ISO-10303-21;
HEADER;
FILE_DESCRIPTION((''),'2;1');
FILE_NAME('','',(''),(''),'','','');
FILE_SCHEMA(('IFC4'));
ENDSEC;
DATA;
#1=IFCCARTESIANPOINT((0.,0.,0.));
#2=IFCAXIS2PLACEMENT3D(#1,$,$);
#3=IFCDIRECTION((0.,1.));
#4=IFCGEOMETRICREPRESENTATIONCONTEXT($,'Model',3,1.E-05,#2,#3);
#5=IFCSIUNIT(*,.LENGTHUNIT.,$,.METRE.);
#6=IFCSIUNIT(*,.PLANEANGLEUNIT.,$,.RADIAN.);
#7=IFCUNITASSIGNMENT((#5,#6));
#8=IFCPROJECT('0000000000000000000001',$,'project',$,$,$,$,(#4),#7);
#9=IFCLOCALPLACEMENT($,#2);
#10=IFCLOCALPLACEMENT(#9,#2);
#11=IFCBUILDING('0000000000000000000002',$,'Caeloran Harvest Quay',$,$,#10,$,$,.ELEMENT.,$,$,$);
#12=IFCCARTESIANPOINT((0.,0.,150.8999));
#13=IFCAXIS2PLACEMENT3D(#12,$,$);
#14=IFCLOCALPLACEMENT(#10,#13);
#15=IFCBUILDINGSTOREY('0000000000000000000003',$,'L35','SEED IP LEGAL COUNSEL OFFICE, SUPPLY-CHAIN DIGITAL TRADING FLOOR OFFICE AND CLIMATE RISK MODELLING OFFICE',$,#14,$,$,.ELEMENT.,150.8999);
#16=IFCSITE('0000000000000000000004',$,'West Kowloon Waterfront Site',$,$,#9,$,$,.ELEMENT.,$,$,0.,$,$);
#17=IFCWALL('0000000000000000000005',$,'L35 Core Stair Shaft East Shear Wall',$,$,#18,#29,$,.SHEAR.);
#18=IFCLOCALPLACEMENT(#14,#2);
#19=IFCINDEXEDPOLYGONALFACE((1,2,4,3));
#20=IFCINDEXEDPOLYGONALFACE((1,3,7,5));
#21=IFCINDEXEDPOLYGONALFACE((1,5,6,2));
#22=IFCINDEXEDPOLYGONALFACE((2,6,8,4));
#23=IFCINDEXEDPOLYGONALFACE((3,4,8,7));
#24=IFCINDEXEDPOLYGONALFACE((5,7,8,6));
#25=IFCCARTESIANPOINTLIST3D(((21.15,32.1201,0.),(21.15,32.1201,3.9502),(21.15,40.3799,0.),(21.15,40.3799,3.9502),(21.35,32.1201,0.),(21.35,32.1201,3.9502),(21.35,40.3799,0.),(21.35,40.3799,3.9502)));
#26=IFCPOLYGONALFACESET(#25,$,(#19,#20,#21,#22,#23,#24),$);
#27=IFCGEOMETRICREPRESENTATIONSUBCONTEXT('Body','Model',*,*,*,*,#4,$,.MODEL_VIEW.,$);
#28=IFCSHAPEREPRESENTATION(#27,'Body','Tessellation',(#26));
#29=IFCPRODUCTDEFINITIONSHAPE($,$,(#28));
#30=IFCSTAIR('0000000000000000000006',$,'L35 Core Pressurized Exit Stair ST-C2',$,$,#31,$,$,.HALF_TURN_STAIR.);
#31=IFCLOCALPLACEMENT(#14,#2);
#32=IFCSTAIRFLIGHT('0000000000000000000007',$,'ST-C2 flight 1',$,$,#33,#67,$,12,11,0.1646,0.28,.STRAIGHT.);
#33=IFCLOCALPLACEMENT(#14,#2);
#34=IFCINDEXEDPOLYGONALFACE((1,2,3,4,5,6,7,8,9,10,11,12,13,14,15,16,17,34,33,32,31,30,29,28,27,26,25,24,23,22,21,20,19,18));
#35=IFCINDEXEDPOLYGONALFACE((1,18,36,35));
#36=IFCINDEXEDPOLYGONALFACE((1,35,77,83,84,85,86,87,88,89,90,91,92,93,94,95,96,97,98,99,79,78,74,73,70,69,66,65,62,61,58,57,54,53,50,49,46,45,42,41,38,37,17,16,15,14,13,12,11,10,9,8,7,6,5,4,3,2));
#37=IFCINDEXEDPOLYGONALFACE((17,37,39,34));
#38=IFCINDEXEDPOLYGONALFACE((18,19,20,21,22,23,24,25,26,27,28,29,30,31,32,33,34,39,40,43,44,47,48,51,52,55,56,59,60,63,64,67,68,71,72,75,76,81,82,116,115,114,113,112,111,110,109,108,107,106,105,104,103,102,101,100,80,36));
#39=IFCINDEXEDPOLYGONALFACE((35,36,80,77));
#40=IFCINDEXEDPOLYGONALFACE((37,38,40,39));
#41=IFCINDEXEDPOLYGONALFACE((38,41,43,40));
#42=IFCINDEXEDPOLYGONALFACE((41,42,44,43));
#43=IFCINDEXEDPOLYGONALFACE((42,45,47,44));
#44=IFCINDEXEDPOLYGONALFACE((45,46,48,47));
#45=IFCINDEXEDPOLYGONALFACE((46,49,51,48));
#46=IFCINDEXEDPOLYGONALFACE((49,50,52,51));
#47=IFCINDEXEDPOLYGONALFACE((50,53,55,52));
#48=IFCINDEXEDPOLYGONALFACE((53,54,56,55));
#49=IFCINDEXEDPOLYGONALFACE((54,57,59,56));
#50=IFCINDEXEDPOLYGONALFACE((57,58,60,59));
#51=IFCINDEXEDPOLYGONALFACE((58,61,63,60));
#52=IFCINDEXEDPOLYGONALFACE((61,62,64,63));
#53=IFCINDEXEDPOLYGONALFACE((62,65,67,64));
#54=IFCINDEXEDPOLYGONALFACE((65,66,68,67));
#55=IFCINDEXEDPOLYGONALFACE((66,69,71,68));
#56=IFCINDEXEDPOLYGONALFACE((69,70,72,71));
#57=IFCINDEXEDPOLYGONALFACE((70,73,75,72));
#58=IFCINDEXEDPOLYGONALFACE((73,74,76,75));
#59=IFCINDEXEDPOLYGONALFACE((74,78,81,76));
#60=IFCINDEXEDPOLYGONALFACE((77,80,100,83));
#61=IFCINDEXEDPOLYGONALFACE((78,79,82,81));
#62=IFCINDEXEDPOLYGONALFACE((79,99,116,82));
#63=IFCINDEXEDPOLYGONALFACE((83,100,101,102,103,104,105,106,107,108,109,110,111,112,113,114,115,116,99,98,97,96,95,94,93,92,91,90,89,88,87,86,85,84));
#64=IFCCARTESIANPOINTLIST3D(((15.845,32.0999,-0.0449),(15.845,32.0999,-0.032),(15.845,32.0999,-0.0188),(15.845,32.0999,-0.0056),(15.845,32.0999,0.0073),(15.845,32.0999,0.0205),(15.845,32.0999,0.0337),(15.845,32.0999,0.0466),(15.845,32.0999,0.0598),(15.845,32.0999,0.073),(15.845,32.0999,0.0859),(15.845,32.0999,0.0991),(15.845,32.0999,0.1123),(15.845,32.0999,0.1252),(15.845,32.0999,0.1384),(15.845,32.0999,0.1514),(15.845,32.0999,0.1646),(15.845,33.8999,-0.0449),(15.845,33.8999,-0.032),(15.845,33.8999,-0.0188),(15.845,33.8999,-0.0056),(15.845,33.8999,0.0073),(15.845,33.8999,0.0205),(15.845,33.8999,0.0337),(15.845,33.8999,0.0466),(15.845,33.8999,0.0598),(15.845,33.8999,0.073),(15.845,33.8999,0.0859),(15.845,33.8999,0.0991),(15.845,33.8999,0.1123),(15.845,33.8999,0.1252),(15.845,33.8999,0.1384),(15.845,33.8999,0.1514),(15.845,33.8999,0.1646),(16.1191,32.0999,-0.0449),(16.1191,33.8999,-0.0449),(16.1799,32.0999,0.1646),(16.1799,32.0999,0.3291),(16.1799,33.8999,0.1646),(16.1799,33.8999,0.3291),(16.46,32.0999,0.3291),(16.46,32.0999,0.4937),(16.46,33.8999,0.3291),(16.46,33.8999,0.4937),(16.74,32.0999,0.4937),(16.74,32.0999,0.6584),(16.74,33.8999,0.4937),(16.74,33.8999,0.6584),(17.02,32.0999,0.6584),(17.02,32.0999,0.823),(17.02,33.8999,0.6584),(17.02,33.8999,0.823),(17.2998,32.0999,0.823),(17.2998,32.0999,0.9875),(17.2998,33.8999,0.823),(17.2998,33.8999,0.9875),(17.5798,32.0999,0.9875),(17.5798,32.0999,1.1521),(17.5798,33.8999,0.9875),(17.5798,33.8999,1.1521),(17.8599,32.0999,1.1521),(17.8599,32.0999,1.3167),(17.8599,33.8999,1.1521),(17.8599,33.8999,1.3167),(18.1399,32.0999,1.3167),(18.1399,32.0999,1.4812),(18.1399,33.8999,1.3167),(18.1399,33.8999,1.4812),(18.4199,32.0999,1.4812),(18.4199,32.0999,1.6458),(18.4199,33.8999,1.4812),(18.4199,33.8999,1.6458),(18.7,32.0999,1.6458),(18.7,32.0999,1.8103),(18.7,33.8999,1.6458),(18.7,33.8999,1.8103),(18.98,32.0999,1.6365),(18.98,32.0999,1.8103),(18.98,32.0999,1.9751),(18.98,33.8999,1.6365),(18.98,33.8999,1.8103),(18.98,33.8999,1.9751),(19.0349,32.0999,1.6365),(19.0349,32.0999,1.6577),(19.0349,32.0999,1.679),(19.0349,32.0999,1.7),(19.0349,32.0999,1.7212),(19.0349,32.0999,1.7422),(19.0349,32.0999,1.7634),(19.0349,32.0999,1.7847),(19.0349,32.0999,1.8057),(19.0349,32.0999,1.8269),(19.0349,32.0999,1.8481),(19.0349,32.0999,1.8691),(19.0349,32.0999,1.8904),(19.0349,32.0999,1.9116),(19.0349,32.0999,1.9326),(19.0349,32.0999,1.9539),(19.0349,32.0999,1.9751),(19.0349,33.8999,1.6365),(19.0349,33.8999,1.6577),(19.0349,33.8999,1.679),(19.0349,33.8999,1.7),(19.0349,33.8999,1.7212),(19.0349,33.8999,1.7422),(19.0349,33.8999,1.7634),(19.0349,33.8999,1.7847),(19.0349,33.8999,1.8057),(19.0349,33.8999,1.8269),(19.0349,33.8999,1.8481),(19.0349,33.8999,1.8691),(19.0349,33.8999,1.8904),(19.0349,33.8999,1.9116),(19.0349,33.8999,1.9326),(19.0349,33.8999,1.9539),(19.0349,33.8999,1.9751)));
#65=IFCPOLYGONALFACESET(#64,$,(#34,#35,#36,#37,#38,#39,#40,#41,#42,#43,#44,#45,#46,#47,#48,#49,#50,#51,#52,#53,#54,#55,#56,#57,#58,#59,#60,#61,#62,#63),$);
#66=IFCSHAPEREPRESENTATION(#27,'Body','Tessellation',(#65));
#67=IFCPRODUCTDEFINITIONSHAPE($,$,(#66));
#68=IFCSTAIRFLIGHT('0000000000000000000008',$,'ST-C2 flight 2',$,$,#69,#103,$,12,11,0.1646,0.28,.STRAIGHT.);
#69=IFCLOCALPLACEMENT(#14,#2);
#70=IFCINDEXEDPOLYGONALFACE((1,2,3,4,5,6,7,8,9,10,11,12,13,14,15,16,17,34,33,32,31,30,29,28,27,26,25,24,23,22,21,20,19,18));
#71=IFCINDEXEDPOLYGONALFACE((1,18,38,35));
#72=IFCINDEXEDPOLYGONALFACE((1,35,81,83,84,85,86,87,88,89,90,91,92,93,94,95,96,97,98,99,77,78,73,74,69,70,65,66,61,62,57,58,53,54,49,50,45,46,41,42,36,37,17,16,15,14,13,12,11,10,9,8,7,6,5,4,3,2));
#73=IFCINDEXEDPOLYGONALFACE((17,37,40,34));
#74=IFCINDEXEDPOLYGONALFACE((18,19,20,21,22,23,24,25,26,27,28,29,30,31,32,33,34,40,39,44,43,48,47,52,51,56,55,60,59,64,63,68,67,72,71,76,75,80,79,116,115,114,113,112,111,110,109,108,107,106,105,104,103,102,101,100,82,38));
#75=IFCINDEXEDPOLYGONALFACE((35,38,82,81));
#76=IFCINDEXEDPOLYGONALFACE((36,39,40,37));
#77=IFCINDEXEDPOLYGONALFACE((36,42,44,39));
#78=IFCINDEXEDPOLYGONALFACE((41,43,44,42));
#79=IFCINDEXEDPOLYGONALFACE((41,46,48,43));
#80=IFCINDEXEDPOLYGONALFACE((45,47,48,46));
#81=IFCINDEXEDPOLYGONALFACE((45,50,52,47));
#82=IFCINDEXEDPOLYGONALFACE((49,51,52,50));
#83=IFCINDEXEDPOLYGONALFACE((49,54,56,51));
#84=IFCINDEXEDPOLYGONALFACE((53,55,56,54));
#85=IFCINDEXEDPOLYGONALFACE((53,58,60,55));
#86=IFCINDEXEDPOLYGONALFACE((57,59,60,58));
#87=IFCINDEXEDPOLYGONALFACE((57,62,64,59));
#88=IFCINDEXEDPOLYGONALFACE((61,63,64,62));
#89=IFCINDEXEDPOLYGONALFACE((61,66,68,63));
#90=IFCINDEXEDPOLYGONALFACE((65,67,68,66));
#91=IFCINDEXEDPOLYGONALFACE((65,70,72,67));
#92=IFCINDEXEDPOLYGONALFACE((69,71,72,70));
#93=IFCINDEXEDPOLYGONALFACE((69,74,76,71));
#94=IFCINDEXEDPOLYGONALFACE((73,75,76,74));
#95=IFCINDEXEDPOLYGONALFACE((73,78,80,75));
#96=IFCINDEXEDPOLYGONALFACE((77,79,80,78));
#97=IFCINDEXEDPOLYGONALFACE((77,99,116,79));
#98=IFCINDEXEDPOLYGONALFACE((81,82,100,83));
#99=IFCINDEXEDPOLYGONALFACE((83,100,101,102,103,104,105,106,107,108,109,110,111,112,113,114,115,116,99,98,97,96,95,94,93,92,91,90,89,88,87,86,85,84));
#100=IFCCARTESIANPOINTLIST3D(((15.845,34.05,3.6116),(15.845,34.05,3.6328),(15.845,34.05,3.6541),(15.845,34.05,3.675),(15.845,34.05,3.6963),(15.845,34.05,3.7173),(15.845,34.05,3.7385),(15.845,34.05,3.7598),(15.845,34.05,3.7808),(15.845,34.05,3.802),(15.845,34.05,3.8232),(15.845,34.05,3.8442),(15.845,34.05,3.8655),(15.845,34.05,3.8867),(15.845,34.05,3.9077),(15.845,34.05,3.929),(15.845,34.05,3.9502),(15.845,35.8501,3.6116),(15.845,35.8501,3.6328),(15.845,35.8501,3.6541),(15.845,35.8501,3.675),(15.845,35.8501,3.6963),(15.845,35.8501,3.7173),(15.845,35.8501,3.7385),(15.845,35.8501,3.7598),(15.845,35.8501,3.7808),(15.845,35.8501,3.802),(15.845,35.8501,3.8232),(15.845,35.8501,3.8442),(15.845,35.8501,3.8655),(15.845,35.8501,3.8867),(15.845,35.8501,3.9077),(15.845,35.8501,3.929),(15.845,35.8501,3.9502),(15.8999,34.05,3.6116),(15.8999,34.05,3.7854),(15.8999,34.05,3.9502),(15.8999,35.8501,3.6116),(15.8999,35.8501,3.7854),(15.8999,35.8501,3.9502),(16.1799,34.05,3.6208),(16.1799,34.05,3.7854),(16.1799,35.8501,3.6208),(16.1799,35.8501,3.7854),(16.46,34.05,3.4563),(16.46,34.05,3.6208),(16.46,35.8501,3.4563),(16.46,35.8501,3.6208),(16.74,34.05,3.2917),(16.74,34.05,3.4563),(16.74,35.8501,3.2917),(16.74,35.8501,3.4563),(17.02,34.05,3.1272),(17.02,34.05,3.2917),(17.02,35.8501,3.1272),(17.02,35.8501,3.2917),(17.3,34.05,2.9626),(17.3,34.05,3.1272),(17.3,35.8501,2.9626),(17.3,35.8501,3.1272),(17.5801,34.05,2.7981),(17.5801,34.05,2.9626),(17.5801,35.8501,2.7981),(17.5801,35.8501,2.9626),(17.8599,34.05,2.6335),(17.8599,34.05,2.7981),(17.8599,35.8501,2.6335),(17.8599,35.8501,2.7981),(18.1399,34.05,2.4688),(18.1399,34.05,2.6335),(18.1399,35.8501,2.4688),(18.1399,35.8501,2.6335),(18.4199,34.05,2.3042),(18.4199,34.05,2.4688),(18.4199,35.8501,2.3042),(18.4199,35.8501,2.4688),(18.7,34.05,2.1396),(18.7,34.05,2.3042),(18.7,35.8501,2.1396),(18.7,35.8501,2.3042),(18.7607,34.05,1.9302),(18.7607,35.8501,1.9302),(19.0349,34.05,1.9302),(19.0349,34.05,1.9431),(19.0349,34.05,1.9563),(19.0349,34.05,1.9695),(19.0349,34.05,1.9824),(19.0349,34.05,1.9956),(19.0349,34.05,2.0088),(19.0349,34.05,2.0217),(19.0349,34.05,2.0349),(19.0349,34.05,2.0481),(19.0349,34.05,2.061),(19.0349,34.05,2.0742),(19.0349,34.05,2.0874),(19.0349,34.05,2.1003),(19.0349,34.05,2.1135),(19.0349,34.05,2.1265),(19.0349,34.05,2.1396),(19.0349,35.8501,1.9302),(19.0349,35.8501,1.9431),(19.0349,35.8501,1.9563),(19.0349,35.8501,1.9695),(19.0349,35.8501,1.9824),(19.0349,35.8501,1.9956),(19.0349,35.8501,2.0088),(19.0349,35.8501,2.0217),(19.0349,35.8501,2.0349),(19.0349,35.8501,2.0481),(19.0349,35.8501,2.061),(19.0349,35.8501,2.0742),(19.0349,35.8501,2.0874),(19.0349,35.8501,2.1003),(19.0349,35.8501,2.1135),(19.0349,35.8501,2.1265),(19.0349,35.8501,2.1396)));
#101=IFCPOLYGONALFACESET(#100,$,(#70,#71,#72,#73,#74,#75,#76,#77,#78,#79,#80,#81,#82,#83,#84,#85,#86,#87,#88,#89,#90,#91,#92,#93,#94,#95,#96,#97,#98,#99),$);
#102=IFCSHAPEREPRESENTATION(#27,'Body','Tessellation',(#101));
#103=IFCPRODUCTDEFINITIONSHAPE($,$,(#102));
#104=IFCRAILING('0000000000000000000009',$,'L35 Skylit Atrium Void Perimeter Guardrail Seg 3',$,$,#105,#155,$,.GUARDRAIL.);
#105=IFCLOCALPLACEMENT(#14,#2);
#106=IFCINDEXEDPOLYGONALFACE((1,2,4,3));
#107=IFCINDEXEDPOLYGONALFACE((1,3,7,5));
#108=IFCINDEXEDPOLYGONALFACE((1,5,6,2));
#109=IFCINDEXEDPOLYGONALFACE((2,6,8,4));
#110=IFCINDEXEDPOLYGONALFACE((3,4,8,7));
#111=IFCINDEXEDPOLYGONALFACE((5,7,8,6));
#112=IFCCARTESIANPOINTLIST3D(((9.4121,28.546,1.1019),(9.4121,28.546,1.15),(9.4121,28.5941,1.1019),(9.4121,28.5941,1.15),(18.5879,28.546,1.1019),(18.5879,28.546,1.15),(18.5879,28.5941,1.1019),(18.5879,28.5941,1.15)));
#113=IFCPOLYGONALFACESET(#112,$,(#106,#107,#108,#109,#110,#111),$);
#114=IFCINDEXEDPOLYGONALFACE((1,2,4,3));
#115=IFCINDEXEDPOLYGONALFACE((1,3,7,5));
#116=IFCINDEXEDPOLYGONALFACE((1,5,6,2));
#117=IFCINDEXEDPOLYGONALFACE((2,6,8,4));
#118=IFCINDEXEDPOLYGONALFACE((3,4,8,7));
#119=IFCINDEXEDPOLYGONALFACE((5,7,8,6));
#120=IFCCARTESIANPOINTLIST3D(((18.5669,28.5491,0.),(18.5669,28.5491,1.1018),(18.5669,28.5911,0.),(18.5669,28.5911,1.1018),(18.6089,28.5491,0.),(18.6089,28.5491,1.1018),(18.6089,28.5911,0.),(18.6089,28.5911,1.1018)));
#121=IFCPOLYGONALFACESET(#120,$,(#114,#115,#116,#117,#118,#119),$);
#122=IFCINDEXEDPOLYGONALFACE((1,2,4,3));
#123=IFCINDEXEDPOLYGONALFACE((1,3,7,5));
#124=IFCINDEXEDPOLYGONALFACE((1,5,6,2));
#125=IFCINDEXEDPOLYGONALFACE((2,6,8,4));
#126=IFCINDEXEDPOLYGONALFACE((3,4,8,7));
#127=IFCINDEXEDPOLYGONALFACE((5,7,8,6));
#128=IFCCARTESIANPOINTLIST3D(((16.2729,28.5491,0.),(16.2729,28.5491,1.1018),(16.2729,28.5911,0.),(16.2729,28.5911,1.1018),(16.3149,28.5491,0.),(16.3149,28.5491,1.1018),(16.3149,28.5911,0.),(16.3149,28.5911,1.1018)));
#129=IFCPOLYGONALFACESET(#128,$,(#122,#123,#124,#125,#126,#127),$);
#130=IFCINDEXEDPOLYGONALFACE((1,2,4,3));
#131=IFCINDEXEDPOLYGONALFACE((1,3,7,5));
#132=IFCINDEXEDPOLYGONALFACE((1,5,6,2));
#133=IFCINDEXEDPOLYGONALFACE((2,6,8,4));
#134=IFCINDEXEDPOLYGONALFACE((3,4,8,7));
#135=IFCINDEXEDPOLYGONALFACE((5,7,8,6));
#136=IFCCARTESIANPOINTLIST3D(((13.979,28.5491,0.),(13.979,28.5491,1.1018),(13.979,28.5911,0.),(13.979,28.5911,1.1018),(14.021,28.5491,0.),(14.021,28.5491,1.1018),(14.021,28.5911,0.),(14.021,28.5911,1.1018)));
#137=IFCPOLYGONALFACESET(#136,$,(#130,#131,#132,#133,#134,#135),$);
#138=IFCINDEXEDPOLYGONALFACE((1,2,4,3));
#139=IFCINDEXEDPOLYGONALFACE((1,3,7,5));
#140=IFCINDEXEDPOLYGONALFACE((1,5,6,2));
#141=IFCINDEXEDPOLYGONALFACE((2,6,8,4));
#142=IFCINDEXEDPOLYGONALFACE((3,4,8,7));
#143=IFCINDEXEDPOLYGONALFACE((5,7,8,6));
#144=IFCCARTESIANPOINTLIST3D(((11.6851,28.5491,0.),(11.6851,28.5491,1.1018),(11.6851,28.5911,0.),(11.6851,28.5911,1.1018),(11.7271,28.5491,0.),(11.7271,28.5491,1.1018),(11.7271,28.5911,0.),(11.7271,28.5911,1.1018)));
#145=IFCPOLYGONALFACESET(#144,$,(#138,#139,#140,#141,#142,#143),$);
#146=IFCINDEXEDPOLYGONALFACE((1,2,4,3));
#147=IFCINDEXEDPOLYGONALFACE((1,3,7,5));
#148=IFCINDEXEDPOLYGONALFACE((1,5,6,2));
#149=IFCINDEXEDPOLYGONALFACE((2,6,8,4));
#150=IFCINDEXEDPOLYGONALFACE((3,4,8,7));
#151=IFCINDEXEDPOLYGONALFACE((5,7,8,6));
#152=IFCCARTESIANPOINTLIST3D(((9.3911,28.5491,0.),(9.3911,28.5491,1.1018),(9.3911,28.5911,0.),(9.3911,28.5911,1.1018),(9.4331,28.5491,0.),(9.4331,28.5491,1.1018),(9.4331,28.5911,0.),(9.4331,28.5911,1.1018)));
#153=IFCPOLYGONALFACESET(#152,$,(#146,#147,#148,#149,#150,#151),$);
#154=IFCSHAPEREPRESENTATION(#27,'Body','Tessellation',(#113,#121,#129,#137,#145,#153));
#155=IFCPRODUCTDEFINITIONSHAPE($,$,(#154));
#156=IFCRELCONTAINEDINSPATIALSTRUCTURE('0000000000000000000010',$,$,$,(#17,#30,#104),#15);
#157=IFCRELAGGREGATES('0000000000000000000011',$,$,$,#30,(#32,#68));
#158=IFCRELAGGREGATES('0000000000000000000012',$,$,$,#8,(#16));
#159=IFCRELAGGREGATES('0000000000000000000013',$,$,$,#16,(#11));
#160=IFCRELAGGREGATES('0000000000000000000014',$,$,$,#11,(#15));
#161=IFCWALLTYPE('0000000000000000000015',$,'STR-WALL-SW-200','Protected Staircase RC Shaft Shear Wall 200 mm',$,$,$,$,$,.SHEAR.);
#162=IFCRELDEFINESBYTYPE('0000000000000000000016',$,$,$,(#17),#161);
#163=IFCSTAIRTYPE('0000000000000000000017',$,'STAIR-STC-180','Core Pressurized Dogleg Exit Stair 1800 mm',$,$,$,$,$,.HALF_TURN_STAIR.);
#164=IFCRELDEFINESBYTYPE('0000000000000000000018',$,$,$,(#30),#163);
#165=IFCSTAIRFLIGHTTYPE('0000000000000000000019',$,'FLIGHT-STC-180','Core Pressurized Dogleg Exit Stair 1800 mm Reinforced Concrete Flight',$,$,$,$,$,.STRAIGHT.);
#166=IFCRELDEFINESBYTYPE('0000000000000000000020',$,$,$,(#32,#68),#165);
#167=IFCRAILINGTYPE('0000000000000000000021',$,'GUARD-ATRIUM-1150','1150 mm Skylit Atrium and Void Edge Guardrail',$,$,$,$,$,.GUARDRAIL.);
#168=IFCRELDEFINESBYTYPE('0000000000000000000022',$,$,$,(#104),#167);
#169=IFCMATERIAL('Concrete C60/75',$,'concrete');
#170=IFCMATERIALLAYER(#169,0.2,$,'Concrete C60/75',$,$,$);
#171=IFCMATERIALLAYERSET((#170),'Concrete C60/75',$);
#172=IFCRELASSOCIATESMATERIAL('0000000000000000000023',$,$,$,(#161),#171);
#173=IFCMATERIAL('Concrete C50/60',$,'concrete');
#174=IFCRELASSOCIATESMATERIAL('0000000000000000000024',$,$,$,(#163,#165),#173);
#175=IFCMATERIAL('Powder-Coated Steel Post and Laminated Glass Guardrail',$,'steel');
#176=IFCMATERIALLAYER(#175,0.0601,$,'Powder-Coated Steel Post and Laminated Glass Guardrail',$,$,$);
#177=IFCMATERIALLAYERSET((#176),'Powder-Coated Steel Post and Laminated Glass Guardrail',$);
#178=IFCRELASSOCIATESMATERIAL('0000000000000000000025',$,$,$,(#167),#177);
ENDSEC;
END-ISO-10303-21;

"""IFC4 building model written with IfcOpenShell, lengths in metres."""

from ifc_helpers import new_model, si_unit, direction, frame, frame_2d, origin, origin_2d, place, context, subcontext, project, spatial, polyline, rectangle, outline, extrude, material, layer, layer_set, type_object, element, aggregate, save


model = new_model("IFC4")

# Units and contexts
model_context = context("Model", 3, precision=1e-05, world=origin(), true_north=direction((0.0, 1.0)))
body_context = subcontext(model_context, "Body", "Model", "MODEL_VIEW")
ifc_project = project(units=[si_unit("LENGTHUNIT", "METRE"), si_unit("PLANEANGLEUNIT", "RADIAN")], contexts=[model_context])

# Site, building, storey
site_placement = place(None, origin())
site = spatial("IfcSite", under=ifc_project, at=site_placement, Name="West Kowloon Waterfront Site", CompositionType="ELEMENT", RefElevation=0.0)
building_placement = place(site_placement, origin())
building = spatial("IfcBuilding", under=site, at=building_placement, Name="Caeloran Harvest Quay", CompositionType="ELEMENT")
storey_placement = place(building_placement, frame((0.0, 0.0, 150.8999)))
storey = spatial("IfcBuildingStorey", under=building, at=storey_placement, Name="L35", Description="SEED IP LEGAL COUNSEL OFFICE, SUPPLY-CHAIN DIGITAL TRADING FLOOR OFFICE AND CLIMATE RISK MODELLING OFFICE", CompositionType="ELEMENT", Elevation=150.8999)

# Wall
ifc_material_1 = material(Name="Concrete C60/75", Category="concrete")
ifc_layer_1 = layer(ifc_material_1, 0.2, Name="Concrete C60/75")
ifc_layer_set_1 = layer_set([ifc_layer_1], Name="Concrete C60/75")
wall_type_1 = type_object("IfcWallType", Name="STR-WALL-SW-200", Description="Protected Staircase RC Shaft Shear Wall 200 mm", PredefinedType="SHEAR", material=ifc_layer_set_1)
wall_1_placement = place(storey_placement, frame((21.25, 32.1201, 0.0), z_axis=(0.0, 0.0, 1.0), x_axis=(0.0, 1.0, 0.0)))
element("IfcWall", 1, at=wall_1_placement, inside=storey, type_object=wall_type_1, Name="L35 Core Stair Shaft East Shear Wall", PredefinedType="SHEAR", context=body_context, shape_type="SweptSolid", body=[
    extrude(rectangle(XDim=8.2598, YDim=0.2, at=frame_2d((4.1299, 0.0))), origin(), (0.0, 0.0, 1.0), 3.9502),
])

# Stair, stair flights
ifc_material_2 = material(Name="Concrete C50/60", Category="concrete")
stair_type = type_object("IfcStairType", Name="STAIR-STC-180", Description="Core Pressurized Dogleg Exit Stair 1800 mm", PredefinedType="HALF_TURN_STAIR", material=ifc_material_2)
stair_placement = place(storey_placement, origin())
stair = element("IfcStair", 2, at=stair_placement, inside=storey, type_object=stair_type, Name="L35 Core Pressurized Exit Stair ST-C2", PredefinedType="HALF_TURN_STAIR")
stair_flight_type = type_object("IfcStairFlightType", Name="FLIGHT-STC-180", Description="Core Pressurized Dogleg Exit Stair 1800 mm Reinforced Concrete Flight", PredefinedType="STRAIGHT", material=ifc_material_2)
stair_flight_1_placement = place(storey_placement, frame((15.8999, 33.0, 0.0), z_axis=(0.0, 0.0, 1.0), x_axis=(1.0, 0.0, 0.0)))
stair_flight_1 = element("IfcStairFlight", 3, at=stair_flight_1_placement, type_object=stair_flight_type, Name="ST-C2 flight 1", NumberOfRisers=12, NumberOfTreads=11, PredefinedType="STRAIGHT", RiserHeight=0.1646, TreadLength=0.28, context=body_context, shape_type="SweptSolid", body=[
    extrude(outline(polyline([(-0.0549, -0.0449), (-0.0549, -0.032), (-0.0549, -0.0188), (-0.0549, -0.0056), (-0.0549, 0.0073), (-0.0549, 0.0205), (-0.0549, 0.0337), (-0.0549, 0.0466), (-0.0549, 0.0598), (-0.0549, 0.073), (-0.0549, 0.0859), (-0.0549, 0.0991), (-0.0549, 0.1123), (-0.0549, 0.1252), (-0.0549, 0.1384), (-0.0549, 0.1514), (-0.0549, 0.1646), (0.28, 0.1646), (0.28, 0.3291), (0.5601, 0.3291), (0.5601, 0.4937), (0.8401, 0.4937), (0.8401, 0.6584), (1.1201, 0.6584), (1.1201, 0.823), (1.3999, 0.823), (1.3999, 0.9875), (1.6799, 0.9875), (1.6799, 1.1521), (1.96, 1.1521), (1.96, 1.3167), (2.24, 1.3167), (2.24, 1.4812), (2.52, 1.4812), (2.52, 1.6458), (2.8, 1.6458), (2.8, 1.8103), (3.0801, 1.8103), (3.0801, 1.9751), (3.135, 1.9751), (3.135, 1.9539), (3.135, 1.9326), (3.135, 1.9116), (3.135, 1.8904), (3.135, 1.8691), (3.135, 1.8481), (3.135, 1.8269), (3.135, 1.8057), (3.135, 1.7847), (3.135, 1.7634), (3.135, 1.7422), (3.135, 1.7212), (3.135, 1.7), (3.135, 1.679), (3.135, 1.6577), (3.135, 1.6365), (3.0801, 1.6365), (0.2192, -0.0449), (-0.0549, -0.0449)])), frame((0.0, 0.8999, 0.0), z_axis=(0.0, -1.0, 0.0), x_axis=(1.0, 0.0, 0.0)), (0.0, 0.0, 1.0), 1.8),
])
stair_flight_2_placement = place(storey_placement, frame((18.98, 34.95, 1.9751), z_axis=(0.0, 0.0, 1.0), x_axis=(-1.0, 0.0, 0.0)))
stair_flight_2 = element("IfcStairFlight", 4, at=stair_flight_2_placement, type_object=stair_flight_type, Name="ST-C2 flight 2", NumberOfRisers=12, NumberOfTreads=11, PredefinedType="STRAIGHT", RiserHeight=0.1646, TreadLength=0.28, context=body_context, shape_type="SweptSolid", body=[
    extrude(outline(polyline([(-0.0549, -0.0449), (-0.0549, -0.032), (-0.0549, -0.0188), (-0.0549, -0.0056), (-0.0549, 0.0073), (-0.0549, 0.0205), (-0.0549, 0.0337), (-0.0549, 0.0466), (-0.0549, 0.0598), (-0.0549, 0.073), (-0.0549, 0.0859), (-0.0549, 0.0991), (-0.0549, 0.1123), (-0.0549, 0.1252), (-0.0549, 0.1384), (-0.0549, 0.1514), (-0.0549, 0.1646), (0.28, 0.1646), (0.28, 0.3291), (0.5601, 0.3291), (0.5601, 0.4937), (0.8401, 0.4937), (0.8401, 0.6584), (1.1201, 0.6584), (1.1201, 0.823), (1.3999, 0.823), (1.3999, 0.9875), (1.6799, 0.9875), (1.6799, 1.1521), (1.96, 1.1521), (1.96, 1.3167), (2.24, 1.3167), (2.24, 1.4812), (2.52, 1.4812), (2.52, 1.6458), (2.8, 1.6458), (2.8, 1.8103), (3.0801, 1.8103), (3.0801, 1.9751), (3.135, 1.9751), (3.135, 1.9539), (3.135, 1.9326), (3.135, 1.9116), (3.135, 1.8904), (3.135, 1.8691), (3.135, 1.8481), (3.135, 1.8269), (3.135, 1.8057), (3.135, 1.7847), (3.135, 1.7634), (3.135, 1.7422), (3.135, 1.7212), (3.135, 1.7), (3.135, 1.679), (3.135, 1.6577), (3.135, 1.6365), (3.0801, 1.6365), (0.2192, -0.0449), (-0.0549, -0.0449)])), frame((0.0, 0.8999, 0.0), z_axis=(0.0, -1.0, 0.0), x_axis=(1.0, 0.0, 0.0)), (0.0, 0.0, 1.0), 1.8),
])
aggregate(stair, [stair_flight_1, stair_flight_2])

# Railing
ifc_material_3 = material(Name="Powder-Coated Steel Post and Laminated Glass Guardrail", Category="steel")
ifc_layer_2 = layer(ifc_material_3, 0.0601, Name="Powder-Coated Steel Post and Laminated Glass Guardrail")
ifc_layer_set_2 = layer_set([ifc_layer_2], Name="Powder-Coated Steel Post and Laminated Glass Guardrail")
railing_type_1 = type_object("IfcRailingType", Name="GUARD-ATRIUM-1150", Description="1150 mm Skylit Atrium and Void Edge Guardrail", PredefinedType="GUARDRAIL", material=ifc_layer_set_2)
railing_1_placement = place(storey_placement, frame((18.5879, 28.5701, 0.0)))
element("IfcRailing", 5, at=railing_1_placement, inside=storey, type_object=railing_type_1, Name="L35 Skylit Atrium Void Perimeter Guardrail Seg 3", PredefinedType="GUARDRAIL", context=body_context, shape_type="SweptSolid", body=[
    extrude(rectangle(XDim=0.0481, YDim=0.0481, at=origin_2d()), frame((0.0, 0.0, 1.126), z_axis=(-1.0, 0.0, 0.0), x_axis=(0.0, -1.0, 0.0)), (0.0, 0.0, 1.0), 9.1758),
    extrude(rectangle(XDim=0.042, YDim=0.042, at=origin_2d()), origin(), (0.0, 0.0, 1.0), 1.1018),
    extrude(rectangle(XDim=0.042, YDim=0.042, at=origin_2d()), frame((-2.2939, 0.0, 0.0)), (0.0, 0.0, 1.0), 1.1018),
    extrude(rectangle(XDim=0.042, YDim=0.042, at=origin_2d()), frame((-4.5879, 0.0, 0.0)), (0.0, 0.0, 1.0), 1.1018),
    extrude(rectangle(XDim=0.042, YDim=0.042, at=origin_2d()), frame((-6.8818, 0.0, 0.0)), (0.0, 0.0, 1.0), 1.1018),
    extrude(rectangle(XDim=0.042, YDim=0.042, at=origin_2d()), frame((-9.1758, 0.0, 0.0)), (0.0, 0.0, 1.0), 1.1018),
])

save(model, "model.ifc")
